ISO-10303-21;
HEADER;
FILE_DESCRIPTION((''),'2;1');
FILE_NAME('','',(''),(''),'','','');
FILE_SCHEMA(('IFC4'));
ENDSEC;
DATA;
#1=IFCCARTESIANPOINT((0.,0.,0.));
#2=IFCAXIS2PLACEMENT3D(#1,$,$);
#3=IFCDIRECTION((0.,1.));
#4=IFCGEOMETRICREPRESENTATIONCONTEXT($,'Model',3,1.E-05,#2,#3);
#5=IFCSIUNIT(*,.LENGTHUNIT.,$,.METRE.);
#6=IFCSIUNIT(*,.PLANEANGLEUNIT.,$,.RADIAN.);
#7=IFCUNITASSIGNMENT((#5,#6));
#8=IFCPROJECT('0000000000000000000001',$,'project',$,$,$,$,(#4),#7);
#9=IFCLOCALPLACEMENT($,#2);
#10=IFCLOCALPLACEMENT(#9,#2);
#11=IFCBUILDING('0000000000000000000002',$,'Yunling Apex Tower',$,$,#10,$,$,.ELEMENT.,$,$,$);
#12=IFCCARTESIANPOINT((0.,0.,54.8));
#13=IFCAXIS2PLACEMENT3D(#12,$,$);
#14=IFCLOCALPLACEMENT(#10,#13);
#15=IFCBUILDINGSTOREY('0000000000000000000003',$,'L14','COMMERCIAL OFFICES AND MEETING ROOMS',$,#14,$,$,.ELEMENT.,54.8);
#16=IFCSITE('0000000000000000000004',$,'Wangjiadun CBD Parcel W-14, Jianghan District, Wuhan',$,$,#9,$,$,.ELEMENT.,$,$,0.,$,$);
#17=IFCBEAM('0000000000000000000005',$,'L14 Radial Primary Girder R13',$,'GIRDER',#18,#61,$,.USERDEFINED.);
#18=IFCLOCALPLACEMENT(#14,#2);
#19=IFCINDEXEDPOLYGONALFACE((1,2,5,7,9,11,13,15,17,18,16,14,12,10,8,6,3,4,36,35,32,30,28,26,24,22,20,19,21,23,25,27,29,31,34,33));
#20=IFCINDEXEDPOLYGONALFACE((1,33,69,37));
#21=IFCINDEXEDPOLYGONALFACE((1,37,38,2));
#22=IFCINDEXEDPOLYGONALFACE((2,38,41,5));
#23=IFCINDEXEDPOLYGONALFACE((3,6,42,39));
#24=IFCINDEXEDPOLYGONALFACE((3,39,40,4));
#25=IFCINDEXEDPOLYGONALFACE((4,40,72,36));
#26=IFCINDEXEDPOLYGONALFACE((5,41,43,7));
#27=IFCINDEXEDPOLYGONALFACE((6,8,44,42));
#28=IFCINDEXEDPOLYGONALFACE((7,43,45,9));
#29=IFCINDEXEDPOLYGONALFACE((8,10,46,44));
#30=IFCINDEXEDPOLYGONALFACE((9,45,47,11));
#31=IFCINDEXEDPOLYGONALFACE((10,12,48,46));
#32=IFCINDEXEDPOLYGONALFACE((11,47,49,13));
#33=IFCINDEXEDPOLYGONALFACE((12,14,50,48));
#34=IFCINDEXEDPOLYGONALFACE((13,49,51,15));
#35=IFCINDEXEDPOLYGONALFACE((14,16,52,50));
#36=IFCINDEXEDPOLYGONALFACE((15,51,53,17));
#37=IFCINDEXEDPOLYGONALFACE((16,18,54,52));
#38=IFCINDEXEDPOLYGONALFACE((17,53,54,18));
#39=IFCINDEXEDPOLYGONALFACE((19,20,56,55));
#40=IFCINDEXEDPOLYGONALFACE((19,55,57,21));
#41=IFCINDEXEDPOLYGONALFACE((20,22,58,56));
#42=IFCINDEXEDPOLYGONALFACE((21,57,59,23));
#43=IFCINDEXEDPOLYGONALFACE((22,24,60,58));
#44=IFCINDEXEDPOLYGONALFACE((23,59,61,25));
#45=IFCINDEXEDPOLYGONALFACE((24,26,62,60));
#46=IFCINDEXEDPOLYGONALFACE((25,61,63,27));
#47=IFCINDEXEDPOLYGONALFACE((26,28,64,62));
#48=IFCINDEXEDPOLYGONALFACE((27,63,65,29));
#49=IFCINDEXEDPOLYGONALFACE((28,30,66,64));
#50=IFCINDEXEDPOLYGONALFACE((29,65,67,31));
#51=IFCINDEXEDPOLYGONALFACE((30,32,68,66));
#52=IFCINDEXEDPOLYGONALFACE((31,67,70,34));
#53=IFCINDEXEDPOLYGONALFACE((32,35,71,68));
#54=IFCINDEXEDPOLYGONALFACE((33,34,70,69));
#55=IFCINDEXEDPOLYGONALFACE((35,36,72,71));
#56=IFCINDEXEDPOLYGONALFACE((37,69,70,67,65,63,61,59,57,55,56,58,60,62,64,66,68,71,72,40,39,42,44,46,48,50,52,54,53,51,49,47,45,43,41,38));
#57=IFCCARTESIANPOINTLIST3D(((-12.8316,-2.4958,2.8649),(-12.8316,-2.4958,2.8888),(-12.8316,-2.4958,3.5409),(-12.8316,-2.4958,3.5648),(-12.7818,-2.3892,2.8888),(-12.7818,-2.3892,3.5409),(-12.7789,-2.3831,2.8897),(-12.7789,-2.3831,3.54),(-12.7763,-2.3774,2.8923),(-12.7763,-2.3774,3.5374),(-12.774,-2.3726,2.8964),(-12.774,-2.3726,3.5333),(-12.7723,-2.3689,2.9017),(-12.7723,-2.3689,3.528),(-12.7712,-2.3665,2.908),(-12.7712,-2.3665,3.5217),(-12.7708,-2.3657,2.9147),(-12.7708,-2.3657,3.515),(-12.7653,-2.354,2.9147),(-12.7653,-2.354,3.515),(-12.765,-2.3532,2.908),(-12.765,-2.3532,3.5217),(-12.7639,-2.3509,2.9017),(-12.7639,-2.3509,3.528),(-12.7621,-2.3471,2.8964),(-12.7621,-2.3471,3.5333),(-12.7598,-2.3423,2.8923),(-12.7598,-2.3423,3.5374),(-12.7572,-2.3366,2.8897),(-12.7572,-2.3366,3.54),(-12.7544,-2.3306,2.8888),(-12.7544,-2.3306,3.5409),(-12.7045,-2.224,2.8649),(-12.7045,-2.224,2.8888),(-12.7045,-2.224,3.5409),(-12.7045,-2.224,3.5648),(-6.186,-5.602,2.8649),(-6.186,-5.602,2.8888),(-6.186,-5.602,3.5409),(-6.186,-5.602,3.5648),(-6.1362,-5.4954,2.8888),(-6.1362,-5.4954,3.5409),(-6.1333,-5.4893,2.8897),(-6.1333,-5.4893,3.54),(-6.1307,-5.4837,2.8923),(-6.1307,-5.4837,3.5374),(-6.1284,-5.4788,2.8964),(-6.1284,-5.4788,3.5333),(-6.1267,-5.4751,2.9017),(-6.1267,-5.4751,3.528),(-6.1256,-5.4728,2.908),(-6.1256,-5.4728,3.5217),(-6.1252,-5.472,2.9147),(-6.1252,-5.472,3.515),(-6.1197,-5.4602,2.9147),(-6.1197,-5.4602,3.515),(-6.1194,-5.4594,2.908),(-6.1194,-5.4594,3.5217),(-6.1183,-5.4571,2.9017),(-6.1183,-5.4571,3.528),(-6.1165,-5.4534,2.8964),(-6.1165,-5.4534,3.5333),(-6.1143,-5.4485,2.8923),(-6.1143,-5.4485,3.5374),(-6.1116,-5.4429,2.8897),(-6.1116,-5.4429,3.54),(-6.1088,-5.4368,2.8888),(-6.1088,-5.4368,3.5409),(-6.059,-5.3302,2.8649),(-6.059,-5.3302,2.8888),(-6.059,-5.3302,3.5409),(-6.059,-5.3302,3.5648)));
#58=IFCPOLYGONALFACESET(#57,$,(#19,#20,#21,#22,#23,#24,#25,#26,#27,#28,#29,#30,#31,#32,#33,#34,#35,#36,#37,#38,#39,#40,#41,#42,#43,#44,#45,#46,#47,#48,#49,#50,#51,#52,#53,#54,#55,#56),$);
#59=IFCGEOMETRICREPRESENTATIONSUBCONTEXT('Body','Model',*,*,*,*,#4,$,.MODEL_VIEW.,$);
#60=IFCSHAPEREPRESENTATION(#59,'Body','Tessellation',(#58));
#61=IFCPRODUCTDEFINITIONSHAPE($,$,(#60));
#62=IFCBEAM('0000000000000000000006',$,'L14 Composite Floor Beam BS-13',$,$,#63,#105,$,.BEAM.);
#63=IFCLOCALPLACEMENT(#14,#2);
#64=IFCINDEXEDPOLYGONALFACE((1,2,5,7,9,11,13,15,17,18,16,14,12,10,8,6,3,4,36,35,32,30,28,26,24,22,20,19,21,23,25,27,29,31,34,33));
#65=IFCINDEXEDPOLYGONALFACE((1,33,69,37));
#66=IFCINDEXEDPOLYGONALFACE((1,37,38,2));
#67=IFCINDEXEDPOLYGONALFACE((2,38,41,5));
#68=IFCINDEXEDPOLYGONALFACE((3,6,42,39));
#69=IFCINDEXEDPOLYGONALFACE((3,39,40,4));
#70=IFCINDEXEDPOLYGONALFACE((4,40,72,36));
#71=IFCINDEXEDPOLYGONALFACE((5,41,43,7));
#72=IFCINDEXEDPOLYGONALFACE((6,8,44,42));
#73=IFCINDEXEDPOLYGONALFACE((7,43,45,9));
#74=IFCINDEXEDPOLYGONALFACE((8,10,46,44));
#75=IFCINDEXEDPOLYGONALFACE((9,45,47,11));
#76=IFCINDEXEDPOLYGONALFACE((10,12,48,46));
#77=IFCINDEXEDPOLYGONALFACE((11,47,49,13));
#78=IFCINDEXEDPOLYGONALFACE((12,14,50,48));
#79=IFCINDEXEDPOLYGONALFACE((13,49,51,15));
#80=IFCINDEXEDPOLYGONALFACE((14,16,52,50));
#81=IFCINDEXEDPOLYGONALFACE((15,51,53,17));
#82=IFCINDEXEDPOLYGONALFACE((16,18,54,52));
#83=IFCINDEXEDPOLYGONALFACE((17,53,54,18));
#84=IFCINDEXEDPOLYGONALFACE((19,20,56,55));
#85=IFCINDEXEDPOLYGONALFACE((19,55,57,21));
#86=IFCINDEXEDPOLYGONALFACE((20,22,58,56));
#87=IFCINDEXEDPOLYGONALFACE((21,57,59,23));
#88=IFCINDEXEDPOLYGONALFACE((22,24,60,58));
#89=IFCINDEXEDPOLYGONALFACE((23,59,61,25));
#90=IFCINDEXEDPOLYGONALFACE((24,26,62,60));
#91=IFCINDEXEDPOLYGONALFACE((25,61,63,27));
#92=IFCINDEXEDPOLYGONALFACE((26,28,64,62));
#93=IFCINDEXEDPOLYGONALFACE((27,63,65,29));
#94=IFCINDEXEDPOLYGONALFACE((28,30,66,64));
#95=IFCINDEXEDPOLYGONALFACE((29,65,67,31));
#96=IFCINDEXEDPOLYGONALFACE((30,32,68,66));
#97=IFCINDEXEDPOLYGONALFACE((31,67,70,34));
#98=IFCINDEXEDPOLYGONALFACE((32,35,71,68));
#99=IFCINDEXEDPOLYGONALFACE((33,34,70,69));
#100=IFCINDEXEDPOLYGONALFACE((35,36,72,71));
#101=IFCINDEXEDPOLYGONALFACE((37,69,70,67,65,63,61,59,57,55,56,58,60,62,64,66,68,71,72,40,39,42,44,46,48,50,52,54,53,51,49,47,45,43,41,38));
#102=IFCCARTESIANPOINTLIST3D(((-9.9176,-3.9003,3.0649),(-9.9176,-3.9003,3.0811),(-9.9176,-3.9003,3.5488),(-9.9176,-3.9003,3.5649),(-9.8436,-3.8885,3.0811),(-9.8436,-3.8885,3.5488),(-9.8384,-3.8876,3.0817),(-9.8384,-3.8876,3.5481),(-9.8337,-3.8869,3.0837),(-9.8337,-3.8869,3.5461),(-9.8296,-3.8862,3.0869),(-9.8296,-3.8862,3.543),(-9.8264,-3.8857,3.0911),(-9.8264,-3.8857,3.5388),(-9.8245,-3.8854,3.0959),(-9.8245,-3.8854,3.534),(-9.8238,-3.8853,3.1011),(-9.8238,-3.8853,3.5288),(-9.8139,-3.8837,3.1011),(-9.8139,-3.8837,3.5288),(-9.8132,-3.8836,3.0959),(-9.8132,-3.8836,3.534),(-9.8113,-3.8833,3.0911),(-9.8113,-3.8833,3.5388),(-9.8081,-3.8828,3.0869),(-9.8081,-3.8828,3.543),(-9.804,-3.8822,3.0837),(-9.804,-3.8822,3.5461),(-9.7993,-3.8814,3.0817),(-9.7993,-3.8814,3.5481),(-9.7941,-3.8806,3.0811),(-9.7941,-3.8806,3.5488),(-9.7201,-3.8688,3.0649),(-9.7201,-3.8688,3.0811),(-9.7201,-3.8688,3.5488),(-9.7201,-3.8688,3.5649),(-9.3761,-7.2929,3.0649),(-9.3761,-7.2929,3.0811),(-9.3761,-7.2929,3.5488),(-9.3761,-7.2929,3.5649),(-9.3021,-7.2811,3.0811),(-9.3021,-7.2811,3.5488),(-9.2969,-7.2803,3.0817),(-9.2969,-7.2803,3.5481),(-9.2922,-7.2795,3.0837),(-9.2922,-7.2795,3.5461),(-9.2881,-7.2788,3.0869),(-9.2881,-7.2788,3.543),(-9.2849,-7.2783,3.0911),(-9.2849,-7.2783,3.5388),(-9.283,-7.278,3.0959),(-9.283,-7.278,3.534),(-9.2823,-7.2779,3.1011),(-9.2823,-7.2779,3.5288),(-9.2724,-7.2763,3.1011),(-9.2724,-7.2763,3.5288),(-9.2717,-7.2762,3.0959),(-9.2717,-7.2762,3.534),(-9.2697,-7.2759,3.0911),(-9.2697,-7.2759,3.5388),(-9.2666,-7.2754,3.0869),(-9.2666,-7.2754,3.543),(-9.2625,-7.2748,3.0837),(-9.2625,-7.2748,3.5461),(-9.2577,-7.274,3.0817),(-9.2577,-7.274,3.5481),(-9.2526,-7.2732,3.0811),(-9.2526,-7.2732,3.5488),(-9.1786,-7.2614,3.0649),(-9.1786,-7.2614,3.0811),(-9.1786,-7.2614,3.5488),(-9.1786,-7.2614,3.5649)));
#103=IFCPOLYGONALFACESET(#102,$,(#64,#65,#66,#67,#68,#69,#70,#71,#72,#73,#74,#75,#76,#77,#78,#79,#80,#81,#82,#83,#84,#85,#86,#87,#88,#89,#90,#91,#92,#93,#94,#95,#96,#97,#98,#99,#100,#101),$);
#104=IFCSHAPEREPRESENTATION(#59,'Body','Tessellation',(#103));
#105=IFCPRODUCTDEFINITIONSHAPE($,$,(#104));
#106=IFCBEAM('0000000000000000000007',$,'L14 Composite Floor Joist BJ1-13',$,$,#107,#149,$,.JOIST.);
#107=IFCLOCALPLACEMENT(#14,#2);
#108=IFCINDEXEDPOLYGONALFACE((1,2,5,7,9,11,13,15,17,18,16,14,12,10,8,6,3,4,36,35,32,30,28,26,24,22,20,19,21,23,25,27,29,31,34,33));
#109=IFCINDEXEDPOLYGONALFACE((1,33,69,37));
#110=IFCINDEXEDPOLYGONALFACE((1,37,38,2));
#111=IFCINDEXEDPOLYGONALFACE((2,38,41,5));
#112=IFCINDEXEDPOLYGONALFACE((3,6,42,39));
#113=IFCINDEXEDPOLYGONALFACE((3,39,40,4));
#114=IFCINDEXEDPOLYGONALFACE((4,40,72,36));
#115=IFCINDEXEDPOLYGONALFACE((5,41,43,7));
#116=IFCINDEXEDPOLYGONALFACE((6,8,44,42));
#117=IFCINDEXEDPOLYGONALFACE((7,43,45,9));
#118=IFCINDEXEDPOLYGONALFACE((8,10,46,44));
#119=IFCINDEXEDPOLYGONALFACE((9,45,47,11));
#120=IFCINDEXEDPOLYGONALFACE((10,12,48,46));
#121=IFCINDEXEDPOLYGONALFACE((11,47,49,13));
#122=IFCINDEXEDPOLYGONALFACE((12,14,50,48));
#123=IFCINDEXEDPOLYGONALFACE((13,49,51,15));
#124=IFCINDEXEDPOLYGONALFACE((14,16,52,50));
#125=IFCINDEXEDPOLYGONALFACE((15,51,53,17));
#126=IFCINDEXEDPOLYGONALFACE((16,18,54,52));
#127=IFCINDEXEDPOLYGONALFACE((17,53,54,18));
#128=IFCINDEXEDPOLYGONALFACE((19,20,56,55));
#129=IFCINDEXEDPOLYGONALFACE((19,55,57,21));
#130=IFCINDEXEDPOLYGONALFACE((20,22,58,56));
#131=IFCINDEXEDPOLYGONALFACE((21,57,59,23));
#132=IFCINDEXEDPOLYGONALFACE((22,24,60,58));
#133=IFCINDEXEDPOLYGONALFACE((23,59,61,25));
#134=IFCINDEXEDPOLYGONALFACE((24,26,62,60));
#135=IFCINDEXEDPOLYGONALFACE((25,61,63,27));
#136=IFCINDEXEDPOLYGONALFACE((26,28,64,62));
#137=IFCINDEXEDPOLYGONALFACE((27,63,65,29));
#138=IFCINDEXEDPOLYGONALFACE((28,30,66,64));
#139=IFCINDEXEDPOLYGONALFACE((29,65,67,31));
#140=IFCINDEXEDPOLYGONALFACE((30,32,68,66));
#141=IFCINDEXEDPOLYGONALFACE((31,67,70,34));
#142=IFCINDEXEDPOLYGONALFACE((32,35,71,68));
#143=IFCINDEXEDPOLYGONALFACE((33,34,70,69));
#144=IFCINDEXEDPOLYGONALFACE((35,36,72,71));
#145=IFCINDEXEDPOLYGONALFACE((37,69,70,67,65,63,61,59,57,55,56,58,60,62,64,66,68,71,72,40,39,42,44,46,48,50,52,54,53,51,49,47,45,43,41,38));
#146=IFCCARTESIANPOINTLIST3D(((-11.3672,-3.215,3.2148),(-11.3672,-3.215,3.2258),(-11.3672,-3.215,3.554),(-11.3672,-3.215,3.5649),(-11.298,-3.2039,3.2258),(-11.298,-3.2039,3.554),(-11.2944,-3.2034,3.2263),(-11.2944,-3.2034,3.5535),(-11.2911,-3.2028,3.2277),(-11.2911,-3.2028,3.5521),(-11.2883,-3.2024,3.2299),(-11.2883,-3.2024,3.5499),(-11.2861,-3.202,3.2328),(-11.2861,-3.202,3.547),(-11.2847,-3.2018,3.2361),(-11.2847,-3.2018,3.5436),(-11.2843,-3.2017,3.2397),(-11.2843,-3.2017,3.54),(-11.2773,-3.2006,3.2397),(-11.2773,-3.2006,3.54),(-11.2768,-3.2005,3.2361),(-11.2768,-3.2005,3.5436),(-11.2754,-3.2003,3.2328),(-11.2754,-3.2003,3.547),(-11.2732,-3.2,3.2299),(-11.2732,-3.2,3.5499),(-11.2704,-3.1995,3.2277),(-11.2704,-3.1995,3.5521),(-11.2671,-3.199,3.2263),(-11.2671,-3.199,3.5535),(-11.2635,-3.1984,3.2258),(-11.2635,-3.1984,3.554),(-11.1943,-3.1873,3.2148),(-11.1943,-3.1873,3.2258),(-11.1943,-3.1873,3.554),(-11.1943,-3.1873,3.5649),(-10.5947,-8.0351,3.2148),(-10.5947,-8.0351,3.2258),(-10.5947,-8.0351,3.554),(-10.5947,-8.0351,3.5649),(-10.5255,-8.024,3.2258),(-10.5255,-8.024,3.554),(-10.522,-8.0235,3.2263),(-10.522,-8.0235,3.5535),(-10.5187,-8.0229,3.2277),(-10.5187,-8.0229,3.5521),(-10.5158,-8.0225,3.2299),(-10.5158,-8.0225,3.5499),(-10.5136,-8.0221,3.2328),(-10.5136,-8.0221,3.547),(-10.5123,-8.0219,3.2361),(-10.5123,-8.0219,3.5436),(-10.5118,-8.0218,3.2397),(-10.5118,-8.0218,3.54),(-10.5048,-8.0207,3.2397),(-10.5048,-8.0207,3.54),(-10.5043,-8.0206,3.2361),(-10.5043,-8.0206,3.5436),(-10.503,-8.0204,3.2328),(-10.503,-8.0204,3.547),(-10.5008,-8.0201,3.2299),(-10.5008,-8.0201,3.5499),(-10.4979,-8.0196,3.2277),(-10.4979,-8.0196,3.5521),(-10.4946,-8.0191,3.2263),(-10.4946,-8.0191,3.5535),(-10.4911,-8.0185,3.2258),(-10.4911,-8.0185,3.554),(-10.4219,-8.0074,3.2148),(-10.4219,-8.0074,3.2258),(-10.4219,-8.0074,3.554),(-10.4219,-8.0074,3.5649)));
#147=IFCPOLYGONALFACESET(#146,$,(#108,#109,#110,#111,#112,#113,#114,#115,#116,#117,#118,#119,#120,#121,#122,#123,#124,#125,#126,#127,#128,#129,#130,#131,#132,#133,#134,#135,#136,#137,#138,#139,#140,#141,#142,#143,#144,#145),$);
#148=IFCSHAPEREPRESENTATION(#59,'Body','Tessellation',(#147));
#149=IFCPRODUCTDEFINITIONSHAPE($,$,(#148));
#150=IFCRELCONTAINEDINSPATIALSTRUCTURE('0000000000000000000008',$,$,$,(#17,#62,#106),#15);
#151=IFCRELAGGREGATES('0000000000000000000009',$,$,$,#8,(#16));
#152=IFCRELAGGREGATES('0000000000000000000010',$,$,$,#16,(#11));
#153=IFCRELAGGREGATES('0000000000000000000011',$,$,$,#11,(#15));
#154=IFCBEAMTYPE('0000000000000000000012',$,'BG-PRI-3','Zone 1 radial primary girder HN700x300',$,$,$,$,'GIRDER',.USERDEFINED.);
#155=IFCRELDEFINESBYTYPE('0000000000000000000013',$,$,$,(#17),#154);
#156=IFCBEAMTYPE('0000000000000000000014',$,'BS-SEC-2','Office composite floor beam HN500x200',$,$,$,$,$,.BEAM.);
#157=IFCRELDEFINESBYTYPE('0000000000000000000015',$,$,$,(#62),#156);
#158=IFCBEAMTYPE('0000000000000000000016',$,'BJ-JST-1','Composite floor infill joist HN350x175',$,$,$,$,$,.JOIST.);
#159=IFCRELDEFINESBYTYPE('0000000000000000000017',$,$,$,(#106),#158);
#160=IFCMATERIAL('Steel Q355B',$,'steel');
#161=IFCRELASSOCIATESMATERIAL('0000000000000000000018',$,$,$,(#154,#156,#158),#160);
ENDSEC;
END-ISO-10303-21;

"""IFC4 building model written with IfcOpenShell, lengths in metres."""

from ifc_helpers import new_model, si_unit, direction, frame, origin, origin_2d, place, context, subcontext, project, spatial, i_section, extrude, source, transform, mapped, material, material_profile, profile_set, type_object, element, save


model = new_model("IFC4")

# Units and contexts
model_context = context("Model", 3, precision=1e-05, world=origin(), true_north=direction((0.0, 1.0)))
body_context = subcontext(model_context, "Body", "Model", "MODEL_VIEW")
ifc_project = project(units=[si_unit("LENGTHUNIT", "METRE"), si_unit("PLANEANGLEUNIT", "RADIAN")], contexts=[model_context])

# Site, building, storey
site_placement = place(None, origin())
site = spatial("IfcSite", under=ifc_project, at=site_placement, Name="Wangjiadun CBD Parcel W-14, Jianghan District, Wuhan", CompositionType="ELEMENT", RefElevation=0.0)
building_placement = place(site_placement, origin())
building = spatial("IfcBuilding", under=site, at=building_placement, Name="Yunling Apex Tower", CompositionType="ELEMENT")
storey_placement = place(building_placement, frame((0.0, 0.0, 54.8)))
storey = spatial("IfcBuildingStorey", under=building, at=storey_placement, Name="L14", Description="COMMERCIAL OFFICES AND MEETING ROOMS", CompositionType="ELEMENT", Elevation=54.8)

# Beams
ifc_material_1 = material(Name="Steel Q355B", Category="steel")
ifc_material_profile_1 = material_profile(ifc_material_1, i_section(OverallWidth=0.3, OverallDepth=0.7, WebThickness=0.0129, FlangeThickness=0.0239, FilletRadius=0.0259, at=origin_2d()))
ifc_profile_set_1 = profile_set([ifc_material_profile_1], Name="Steel Q355B")
beam_type_1 = type_object("IfcBeamType", Name="BG-PRI-3", Description="Zone 1 radial primary girder HN700x300", ElementType="GIRDER", PredefinedType="USERDEFINED", material=ifc_profile_set_1)
shared_shape_1 = source(origin(), body_context, "Body", "SweptSolid", [
    extrude(i_section(OverallWidth=0.3, OverallDepth=0.7, WebThickness=0.0129, FlangeThickness=0.0239, FilletRadius=0.0259, at=origin_2d()), origin(), (0.0, 0.0, 1.0), 7.3357),
])
beam_1_placement = place(storey_placement, frame((-12.7681, -2.3599, 3.2148), z_axis=(0.905924, -0.423441, 0.0), x_axis=(0.423441, 0.905924, 0.0)))
element("IfcBeam", 1, at=beam_1_placement, inside=storey, type_object=beam_type_1, Name="L14 Radial Primary Girder R13", ObjectType="GIRDER", PredefinedType="USERDEFINED", context=body_context, shape_type="MappedRepresentation", body=[
    mapped(shared_shape_1, transform((0.0, 0.0, 0.0), scale=1.0)),
])
ifc_material_profile_2 = material_profile(ifc_material_1, i_section(OverallWidth=0.2, OverallDepth=0.5, WebThickness=0.01, FlangeThickness=0.0161, FilletRadius=0.02, at=origin_2d()))
ifc_profile_set_2 = profile_set([ifc_material_profile_2], Name="Steel Q355B")
beam_type_2 = type_object("IfcBeamType", Name="BS-SEC-2", Description="Office composite floor beam HN500x200", PredefinedType="BEAM", material=ifc_profile_set_2)
shared_shape_2 = source(origin(), body_context, "Body", "SweptSolid", [
    extrude(i_section(OverallWidth=0.2, OverallDepth=0.5, WebThickness=0.01, FlangeThickness=0.0161, FilletRadius=0.02, at=origin_2d()), origin(), (0.0, 0.0, 1.0), 3.4355),
])
beam_2_placement = place(storey_placement, frame((-9.8188, -3.8845, 3.3149), z_axis=(0.157619, -0.9875, 0.0), x_axis=(0.9875, 0.157619, 0.0)))
element("IfcBeam", 2, at=beam_2_placement, inside=storey, type_object=beam_type_2, Name="L14 Composite Floor Beam BS-13", PredefinedType="BEAM", context=body_context, shape_type="MappedRepresentation", body=[
    mapped(shared_shape_2, transform((0.0, 0.0, 0.0), scale=1.0)),
])
ifc_material_profile_3 = material_profile(ifc_material_1, i_section(OverallWidth=0.175, OverallDepth=0.3501, WebThickness=0.0071, FlangeThickness=0.011, FilletRadius=0.0139, at=origin_2d()))
ifc_profile_set_3 = profile_set([ifc_material_profile_3], Name="Steel Q355B")
beam_type_3 = type_object("IfcBeamType", Name="BJ-JST-1", Description="Composite floor infill joist HN350x175", PredefinedType="JOIST", material=ifc_profile_set_3)
shared_shape_3 = source(origin(), body_context, "Body", "SweptSolid", [
    extrude(i_section(OverallWidth=0.175, OverallDepth=0.3501, WebThickness=0.0071, FlangeThickness=0.011, FilletRadius=0.0139, at=origin_2d()), origin(), (0.0, 0.0, 1.0), 4.8816),
])
beam_3_placement = place(storey_placement, frame((-11.2808, -3.2012, 3.3899), z_axis=(0.15824, -0.987401, 0.0), x_axis=(0.987401, 0.15824, 0.0)))
element("IfcBeam", 3, at=beam_3_placement, inside=storey, type_object=beam_type_3, Name="L14 Composite Floor Joist BJ1-13", PredefinedType="JOIST", context=body_context, shape_type="MappedRepresentation", body=[
    mapped(shared_shape_3, transform((0.0, 0.0, 0.0), scale=1.0)),
])

save(model, "model.ifc")
